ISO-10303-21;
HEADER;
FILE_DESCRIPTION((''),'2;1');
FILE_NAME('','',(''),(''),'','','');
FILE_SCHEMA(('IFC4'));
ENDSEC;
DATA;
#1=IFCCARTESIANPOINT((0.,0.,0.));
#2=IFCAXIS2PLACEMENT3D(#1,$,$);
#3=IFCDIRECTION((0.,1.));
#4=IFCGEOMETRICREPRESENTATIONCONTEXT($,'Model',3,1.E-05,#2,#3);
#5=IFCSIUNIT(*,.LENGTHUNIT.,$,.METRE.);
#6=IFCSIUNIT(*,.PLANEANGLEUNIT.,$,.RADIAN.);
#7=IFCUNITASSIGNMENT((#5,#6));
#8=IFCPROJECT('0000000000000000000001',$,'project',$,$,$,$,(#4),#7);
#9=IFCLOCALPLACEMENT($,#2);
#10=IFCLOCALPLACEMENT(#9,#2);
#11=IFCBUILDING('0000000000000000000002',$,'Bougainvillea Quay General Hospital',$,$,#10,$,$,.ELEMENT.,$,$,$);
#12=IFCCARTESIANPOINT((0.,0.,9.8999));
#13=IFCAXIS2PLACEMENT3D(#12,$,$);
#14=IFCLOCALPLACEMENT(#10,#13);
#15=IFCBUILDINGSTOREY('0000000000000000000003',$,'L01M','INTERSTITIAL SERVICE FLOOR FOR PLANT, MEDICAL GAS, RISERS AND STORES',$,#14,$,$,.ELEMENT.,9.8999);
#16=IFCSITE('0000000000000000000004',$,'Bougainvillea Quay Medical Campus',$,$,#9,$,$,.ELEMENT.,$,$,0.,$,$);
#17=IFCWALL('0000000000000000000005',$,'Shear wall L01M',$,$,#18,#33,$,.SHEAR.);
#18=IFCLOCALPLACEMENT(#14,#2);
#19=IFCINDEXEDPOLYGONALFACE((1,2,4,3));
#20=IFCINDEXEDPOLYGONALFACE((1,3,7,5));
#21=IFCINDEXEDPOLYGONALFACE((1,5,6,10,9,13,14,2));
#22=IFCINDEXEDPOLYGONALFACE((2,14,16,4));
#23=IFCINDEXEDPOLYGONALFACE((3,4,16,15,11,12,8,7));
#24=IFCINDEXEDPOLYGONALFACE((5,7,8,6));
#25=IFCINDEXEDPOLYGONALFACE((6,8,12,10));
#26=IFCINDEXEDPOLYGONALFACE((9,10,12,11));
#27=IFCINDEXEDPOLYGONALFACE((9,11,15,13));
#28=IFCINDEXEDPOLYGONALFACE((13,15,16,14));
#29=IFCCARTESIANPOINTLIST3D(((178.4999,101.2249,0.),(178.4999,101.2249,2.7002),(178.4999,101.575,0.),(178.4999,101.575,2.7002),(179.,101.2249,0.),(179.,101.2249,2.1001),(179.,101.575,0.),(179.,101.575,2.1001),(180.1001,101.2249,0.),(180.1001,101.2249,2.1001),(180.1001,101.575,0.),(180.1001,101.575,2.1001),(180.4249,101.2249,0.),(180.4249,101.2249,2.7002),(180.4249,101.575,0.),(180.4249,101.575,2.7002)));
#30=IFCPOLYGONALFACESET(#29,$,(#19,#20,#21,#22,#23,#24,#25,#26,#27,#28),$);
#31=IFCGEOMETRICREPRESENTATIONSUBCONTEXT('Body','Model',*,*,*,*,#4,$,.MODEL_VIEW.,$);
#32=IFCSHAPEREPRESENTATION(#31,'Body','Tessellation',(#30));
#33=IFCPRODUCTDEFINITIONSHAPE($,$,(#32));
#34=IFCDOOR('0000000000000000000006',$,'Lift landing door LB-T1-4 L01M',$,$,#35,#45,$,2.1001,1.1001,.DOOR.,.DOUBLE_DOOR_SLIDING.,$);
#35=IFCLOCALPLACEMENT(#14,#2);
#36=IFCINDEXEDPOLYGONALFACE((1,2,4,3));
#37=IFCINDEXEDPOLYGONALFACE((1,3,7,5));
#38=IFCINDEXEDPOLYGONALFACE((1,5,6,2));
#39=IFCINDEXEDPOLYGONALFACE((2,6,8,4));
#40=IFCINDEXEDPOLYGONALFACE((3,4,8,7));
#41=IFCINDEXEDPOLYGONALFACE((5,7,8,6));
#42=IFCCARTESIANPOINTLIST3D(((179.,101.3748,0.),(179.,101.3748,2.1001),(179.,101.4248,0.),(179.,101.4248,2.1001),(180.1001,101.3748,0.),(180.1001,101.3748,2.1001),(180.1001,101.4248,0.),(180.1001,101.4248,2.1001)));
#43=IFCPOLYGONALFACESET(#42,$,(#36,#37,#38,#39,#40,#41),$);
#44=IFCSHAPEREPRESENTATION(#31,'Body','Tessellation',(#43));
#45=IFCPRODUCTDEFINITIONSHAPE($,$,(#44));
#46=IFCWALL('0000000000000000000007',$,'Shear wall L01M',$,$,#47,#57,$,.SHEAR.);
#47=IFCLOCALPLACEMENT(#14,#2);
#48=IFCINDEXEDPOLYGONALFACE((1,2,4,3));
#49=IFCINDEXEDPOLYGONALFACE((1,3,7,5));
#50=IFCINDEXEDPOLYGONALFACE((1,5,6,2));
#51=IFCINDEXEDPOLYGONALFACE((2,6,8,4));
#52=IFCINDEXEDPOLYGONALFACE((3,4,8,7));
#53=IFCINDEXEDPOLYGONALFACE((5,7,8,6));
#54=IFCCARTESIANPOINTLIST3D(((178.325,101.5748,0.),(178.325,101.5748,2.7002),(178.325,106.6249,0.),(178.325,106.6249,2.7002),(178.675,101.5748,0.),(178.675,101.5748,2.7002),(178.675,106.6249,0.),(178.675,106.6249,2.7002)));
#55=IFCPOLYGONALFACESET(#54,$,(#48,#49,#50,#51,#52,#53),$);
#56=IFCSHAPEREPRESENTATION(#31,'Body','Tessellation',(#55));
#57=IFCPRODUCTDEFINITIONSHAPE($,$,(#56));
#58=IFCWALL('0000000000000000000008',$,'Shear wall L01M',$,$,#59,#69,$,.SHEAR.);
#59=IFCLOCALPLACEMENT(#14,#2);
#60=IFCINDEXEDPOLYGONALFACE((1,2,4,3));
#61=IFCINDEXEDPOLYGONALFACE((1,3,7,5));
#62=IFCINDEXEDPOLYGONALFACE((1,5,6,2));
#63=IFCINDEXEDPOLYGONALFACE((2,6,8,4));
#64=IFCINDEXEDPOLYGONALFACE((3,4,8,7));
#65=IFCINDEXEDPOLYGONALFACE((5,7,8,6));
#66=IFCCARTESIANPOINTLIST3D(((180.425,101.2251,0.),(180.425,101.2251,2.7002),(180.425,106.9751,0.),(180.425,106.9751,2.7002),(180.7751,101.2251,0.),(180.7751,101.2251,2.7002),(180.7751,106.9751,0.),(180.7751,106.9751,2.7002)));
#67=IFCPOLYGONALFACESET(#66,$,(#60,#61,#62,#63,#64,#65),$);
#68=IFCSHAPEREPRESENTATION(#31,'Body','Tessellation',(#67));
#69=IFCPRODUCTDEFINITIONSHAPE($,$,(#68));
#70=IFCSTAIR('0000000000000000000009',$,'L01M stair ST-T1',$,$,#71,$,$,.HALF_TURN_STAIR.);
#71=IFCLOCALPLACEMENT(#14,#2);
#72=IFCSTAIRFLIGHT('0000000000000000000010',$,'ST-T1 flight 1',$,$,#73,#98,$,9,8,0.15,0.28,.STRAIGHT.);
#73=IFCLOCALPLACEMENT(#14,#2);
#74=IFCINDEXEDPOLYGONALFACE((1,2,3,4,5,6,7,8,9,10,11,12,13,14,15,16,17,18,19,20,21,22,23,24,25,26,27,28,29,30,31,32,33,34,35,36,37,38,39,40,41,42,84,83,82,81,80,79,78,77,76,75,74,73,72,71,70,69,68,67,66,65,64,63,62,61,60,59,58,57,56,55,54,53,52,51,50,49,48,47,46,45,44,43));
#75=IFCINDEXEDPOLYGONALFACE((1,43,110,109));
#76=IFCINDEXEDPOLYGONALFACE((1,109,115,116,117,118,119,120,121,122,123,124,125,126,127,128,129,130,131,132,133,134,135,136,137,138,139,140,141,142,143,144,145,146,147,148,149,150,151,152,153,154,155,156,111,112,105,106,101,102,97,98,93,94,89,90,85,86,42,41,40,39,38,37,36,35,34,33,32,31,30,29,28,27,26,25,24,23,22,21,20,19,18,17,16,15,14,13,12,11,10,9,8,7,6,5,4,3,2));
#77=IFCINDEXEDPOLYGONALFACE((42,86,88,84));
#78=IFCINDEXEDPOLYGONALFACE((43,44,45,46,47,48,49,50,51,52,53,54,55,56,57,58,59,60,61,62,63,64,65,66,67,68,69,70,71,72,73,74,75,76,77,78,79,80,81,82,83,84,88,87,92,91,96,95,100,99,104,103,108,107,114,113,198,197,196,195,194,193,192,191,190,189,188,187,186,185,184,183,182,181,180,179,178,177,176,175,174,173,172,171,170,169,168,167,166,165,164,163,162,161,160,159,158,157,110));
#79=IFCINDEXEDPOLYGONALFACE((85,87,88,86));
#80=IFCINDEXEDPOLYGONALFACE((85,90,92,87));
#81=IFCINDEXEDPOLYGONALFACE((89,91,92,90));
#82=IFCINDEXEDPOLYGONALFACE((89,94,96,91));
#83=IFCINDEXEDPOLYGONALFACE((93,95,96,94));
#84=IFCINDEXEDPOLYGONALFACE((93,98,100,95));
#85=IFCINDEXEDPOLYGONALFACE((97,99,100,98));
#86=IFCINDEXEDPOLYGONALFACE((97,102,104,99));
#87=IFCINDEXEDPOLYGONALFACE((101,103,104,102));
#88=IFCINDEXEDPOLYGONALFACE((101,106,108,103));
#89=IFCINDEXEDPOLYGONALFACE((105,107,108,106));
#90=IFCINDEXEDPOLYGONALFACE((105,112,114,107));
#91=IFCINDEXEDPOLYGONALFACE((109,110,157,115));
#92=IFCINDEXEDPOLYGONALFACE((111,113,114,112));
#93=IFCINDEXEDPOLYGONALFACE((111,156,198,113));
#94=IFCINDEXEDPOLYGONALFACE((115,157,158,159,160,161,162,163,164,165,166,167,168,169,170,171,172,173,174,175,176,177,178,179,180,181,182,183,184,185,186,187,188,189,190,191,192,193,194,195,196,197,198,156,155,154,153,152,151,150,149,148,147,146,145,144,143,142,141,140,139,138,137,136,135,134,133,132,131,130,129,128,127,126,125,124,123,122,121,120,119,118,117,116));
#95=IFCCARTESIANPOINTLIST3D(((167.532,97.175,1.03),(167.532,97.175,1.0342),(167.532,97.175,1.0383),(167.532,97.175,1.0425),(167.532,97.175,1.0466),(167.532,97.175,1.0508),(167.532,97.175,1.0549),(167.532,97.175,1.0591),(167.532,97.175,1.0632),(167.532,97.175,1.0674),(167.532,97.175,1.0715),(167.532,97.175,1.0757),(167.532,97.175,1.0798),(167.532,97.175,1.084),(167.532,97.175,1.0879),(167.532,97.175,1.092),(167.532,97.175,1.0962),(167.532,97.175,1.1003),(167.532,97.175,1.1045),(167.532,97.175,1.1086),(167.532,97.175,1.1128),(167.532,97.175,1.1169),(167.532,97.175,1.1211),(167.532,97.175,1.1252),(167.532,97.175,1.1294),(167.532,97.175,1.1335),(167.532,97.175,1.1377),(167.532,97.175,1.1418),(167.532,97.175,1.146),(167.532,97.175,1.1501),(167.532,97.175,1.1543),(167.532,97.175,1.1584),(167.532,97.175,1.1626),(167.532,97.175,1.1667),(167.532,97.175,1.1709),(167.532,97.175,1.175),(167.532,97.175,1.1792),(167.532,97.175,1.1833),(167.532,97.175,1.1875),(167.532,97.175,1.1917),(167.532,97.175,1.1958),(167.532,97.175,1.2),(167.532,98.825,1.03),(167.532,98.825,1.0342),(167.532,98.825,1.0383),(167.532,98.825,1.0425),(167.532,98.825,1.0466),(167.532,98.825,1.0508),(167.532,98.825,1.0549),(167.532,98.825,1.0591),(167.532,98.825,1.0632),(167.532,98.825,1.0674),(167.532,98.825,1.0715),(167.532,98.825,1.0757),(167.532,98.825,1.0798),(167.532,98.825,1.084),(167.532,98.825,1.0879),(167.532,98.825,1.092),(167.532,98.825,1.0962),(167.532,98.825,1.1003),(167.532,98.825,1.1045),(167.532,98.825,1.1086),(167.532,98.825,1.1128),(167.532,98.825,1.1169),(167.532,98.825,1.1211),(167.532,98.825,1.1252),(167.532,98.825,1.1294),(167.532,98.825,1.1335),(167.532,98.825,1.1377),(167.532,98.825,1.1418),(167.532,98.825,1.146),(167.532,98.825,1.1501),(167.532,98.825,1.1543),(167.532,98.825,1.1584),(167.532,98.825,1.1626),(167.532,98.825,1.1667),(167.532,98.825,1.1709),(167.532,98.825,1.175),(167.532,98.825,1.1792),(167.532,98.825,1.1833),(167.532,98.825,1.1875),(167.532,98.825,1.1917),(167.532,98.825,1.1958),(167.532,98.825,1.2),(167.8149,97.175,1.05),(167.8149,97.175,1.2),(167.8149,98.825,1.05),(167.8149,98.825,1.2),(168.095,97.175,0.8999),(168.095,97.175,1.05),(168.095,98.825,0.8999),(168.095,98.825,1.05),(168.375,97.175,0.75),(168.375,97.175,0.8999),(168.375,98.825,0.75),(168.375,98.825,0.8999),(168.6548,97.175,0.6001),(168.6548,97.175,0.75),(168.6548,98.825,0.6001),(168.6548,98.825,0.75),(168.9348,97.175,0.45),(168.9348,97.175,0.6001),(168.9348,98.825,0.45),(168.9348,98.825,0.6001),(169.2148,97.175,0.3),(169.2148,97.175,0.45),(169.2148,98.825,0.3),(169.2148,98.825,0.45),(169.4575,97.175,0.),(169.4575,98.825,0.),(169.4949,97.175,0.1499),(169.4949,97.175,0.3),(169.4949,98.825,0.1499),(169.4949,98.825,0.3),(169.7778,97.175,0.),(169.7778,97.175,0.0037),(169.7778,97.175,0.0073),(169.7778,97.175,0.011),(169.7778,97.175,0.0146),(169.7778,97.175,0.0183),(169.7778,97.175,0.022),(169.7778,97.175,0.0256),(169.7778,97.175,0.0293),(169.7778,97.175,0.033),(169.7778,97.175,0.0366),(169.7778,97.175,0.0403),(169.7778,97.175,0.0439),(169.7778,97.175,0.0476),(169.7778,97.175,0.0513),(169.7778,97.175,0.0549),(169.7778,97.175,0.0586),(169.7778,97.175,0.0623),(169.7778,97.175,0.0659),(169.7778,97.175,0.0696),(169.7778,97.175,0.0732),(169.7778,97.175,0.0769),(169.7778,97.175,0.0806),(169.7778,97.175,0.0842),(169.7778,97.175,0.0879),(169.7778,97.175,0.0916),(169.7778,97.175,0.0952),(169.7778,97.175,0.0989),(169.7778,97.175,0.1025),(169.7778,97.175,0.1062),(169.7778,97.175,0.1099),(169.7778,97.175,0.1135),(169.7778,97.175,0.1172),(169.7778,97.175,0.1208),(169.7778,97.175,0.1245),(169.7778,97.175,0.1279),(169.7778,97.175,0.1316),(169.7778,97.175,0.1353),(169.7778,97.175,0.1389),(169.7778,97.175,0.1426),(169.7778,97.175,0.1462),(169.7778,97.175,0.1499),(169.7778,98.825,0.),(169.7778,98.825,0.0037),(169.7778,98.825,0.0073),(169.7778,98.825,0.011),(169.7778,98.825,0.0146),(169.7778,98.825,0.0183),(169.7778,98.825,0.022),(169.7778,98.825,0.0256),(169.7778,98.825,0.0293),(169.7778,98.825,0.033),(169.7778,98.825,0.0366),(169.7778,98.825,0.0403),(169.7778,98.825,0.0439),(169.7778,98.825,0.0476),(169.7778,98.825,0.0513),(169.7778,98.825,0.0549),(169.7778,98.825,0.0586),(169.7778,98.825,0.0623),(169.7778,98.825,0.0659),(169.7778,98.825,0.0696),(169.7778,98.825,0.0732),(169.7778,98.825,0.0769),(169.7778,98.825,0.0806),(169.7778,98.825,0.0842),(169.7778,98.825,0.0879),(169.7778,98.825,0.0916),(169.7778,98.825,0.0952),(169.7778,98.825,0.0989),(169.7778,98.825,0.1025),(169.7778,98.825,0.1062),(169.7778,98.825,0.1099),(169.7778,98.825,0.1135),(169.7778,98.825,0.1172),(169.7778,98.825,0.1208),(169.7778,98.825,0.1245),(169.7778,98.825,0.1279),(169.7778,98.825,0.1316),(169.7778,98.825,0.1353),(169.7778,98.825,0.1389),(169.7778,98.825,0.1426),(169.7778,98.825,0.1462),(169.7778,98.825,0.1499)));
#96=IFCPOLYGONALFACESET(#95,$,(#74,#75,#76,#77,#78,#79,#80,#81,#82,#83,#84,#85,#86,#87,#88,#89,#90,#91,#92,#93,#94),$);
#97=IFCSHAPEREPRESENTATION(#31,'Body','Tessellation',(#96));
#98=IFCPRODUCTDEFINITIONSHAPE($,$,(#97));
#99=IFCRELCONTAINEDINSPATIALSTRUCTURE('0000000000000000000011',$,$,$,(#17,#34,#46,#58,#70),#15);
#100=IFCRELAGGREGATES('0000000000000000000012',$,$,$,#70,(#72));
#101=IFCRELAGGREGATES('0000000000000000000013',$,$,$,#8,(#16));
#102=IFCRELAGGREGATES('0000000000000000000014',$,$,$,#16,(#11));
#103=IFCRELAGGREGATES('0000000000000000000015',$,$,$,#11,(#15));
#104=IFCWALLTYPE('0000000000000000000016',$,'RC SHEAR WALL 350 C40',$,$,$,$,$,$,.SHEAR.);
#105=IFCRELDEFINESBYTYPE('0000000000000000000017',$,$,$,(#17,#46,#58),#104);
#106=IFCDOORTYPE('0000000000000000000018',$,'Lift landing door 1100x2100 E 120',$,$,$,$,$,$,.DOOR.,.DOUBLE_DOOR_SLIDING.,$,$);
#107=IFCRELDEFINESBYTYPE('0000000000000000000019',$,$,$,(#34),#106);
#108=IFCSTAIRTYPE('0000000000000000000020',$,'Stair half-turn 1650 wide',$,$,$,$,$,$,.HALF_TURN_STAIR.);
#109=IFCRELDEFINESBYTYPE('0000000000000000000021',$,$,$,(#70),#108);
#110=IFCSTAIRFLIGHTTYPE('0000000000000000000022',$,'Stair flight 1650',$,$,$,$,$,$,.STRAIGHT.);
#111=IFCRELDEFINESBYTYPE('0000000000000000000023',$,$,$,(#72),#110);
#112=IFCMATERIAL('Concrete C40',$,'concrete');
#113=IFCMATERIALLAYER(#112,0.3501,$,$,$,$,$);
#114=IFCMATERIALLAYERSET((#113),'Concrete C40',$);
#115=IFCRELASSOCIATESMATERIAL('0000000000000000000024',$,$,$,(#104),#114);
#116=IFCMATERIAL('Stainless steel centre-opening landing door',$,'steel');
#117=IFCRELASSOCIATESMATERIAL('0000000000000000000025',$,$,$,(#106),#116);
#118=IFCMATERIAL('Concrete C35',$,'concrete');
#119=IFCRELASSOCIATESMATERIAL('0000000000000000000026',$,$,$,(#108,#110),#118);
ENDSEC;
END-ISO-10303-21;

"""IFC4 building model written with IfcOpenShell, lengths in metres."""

from ifc_helpers import new_model, si_unit, direction, frame, frame_2d, origin, place, context, subcontext, project, spatial, polyline, rectangle, outline, extrude, material, layer, layer_set, type_object, element, fill, aggregate, save


model = new_model("IFC4")

# Units and contexts
model_context = context("Model", 3, precision=1e-05, world=origin(), true_north=direction((0.0, 1.0)))
body_context = subcontext(model_context, "Body", "Model", "MODEL_VIEW")
ifc_project = project(units=[si_unit("LENGTHUNIT", "METRE"), si_unit("PLANEANGLEUNIT", "RADIAN")], contexts=[model_context])

# Site, building, storey
site_placement = place(None, origin())
site = spatial("IfcSite", under=ifc_project, at=site_placement, Name="Bougainvillea Quay Medical Campus", CompositionType="ELEMENT", RefElevation=0.0)
building_placement = place(site_placement, origin())
building = spatial("IfcBuilding", under=site, at=building_placement, Name="Bougainvillea Quay General Hospital", CompositionType="ELEMENT")
storey_placement = place(building_placement, frame((0.0, 0.0, 9.8999)))
storey = spatial("IfcBuildingStorey", under=building, at=storey_placement, Name="L01M", Description="INTERSTITIAL SERVICE FLOOR FOR PLANT, MEDICAL GAS, RISERS AND STORES", CompositionType="ELEMENT", Elevation=9.8999)

# Shared definitions
ifc_material_1 = material(Name="Concrete C40", Category="concrete")
ifc_layer_1 = layer(ifc_material_1, 0.3501)
ifc_layer_set_1 = layer_set([ifc_layer_1], Name="Concrete C40")
wall_type_1 = type_object("IfcWallType", Name="RC SHEAR WALL 350 C40", PredefinedType="SHEAR", material=ifc_layer_set_1)

# Shared definitions
ifc_material_2 = material(Name="Stainless steel centre-opening landing door", Category="steel")

# Shared definitions
door_type_1 = type_object("IfcDoorType", Name="Lift landing door 1100x2100 E 120", OperationType="DOUBLE_DOOR_SLIDING", PredefinedType="DOOR", material=ifc_material_2)

# Wall, opening, door
wall_1_placement = place(storey_placement, frame((178.5, 101.3999, 0.0), z_axis=(0.0, 0.0, 1.0), x_axis=(1.0, 0.0, 0.0)))
wall_1 = element("IfcWall", 1, at=wall_1_placement, inside=storey, type_object=wall_type_1, Name="Shear wall L01M", PredefinedType="SHEAR", context=body_context, shape_type="SweptSolid", body=[
    extrude(rectangle(XDim=1.925, YDim=0.3501, at=frame_2d((0.9624, 0.0))), origin(), (0.0, 0.0, 1.0), 2.7002),
])
opening_1_placement = place(wall_1_placement, frame((0.5, 0.0, 0.0)))
opening_1 = element("IfcOpeningElement", 2, at=opening_1_placement, cuts=wall_1, PredefinedType="OPENING", context=body_context, shape_type="SweptSolid", body=[
    extrude(rectangle(XDim=1.1001, YDim=2.1001, at=frame_2d((0.55, 1.05))), frame((0.0, 0.1851, 0.0), z_axis=(0.0, -1.0, 0.0), x_axis=(1.0, 0.0, 0.0)), (0.0, 0.0, 1.0), 0.3701),
])
door_1_placement = place(opening_1_placement, origin())
door_1 = element("IfcDoor", 3, at=door_1_placement, inside=storey, type_object=door_type_1, Name="Lift landing door LB-T1-4 L01M", OperationType="DOUBLE_DOOR_SLIDING", OverallHeight=2.1001, OverallWidth=1.1001, PredefinedType="DOOR", context=body_context, shape_type="SweptSolid", body=[
    extrude(rectangle(XDim=1.1001, YDim=2.1001, at=frame_2d((0.55, 1.05))), frame((0.0, 0.0249, 0.0), z_axis=(0.0, -1.0, 0.0), x_axis=(1.0, 0.0, 0.0)), (0.0, 0.0, 1.0), 0.05),
])
fill(opening_1, door_1)

# Walls
wall_2_placement = place(storey_placement, frame((178.5, 101.575, 0.0), z_axis=(0.0, 0.0, 1.0), x_axis=(0.0, 1.0, 0.0)))
element("IfcWall", 4, at=wall_2_placement, inside=storey, type_object=wall_type_1, Name="Shear wall L01M", PredefinedType="SHEAR", context=body_context, shape_type="SweptSolid", body=[
    extrude(rectangle(XDim=5.05, YDim=0.3501, at=frame_2d((2.5249, 0.0))), origin(), (0.0, 0.0, 1.0), 2.7002),
])
wall_3_placement = place(storey_placement, frame((180.6001, 101.2251, 0.0), z_axis=(0.0, 0.0, 1.0), x_axis=(0.0, 1.0, 0.0)))
element("IfcWall", 5, at=wall_3_placement, inside=storey, type_object=wall_type_1, Name="Shear wall L01M", PredefinedType="SHEAR", context=body_context, shape_type="SweptSolid", body=[
    extrude(rectangle(XDim=5.75, YDim=0.3501, at=frame_2d((2.875, 0.0))), origin(), (0.0, 0.0, 1.0), 2.7002),
])

# Stair, stair flight
ifc_material_3 = material(Name="Concrete C35", Category="concrete")
stair_type = type_object("IfcStairType", Name="Stair half-turn 1650 wide", PredefinedType="HALF_TURN_STAIR", material=ifc_material_3)
stair_placement = place(storey_placement, origin())
stair = element("IfcStair", 6, at=stair_placement, inside=storey, type_object=stair_type, Name="L01M stair ST-T1", PredefinedType="HALF_TURN_STAIR")
stair_flight_type = type_object("IfcStairFlightType", Name="Stair flight 1650", PredefinedType="STRAIGHT", material=ifc_material_3)
stair_flight_placement = place(storey_placement, frame((169.7749, 98.0, 0.0), z_axis=(0.0, 0.0, 1.0), x_axis=(-1.0, 0.0, 0.0)))
stair_flight = element("IfcStairFlight", 7, at=stair_flight_placement, type_object=stair_flight_type, Name="ST-T1 flight 1", NumberOfRisers=9, NumberOfTreads=8, PredefinedType="STRAIGHT", RiserHeight=0.15, TreadLength=0.28, context=body_context, shape_type="SweptSolid", body=[
    extrude(outline(polyline([(-0.0029, 0.0), (-0.0029, 0.0037), (-0.0029, 0.0073), (-0.0029, 0.011), (-0.0029, 0.0146), (-0.0029, 0.0183), (-0.0029, 0.022), (-0.0029, 0.0256), (-0.0029, 0.0293), (-0.0029, 0.033), (-0.0029, 0.0366), (-0.0029, 0.0403), (-0.0029, 0.0439), (-0.0029, 0.0476), (-0.0029, 0.0513), (-0.0029, 0.0549), (-0.0029, 0.0586), (-0.0029, 0.0623), (-0.0029, 0.0659), (-0.0029, 0.0696), (-0.0029, 0.0732), (-0.0029, 0.0769), (-0.0029, 0.0806), (-0.0029, 0.0842), (-0.0029, 0.0879), (-0.0029, 0.0916), (-0.0029, 0.0952), (-0.0029, 0.0989), (-0.0029, 0.1025), (-0.0029, 0.1062), (-0.0029, 0.1099), (-0.0029, 0.1135), (-0.0029, 0.1172), (-0.0029, 0.1208), (-0.0029, 0.1245), (-0.0029, 0.1279), (-0.0029, 0.1316), (-0.0029, 0.1353), (-0.0029, 0.1389), (-0.0029, 0.1426), (-0.0029, 0.1462), (-0.0029, 0.1499), (0.28, 0.1499), (0.28, 0.3), (0.5601, 0.3), (0.5601, 0.45), (0.8401, 0.45), (0.8401, 0.6001), (1.1201, 0.6001), (1.1201, 0.75), (1.3999, 0.75), (1.3999, 0.8999), (1.6799, 0.8999), (1.6799, 1.05), (1.96, 1.05), (1.96, 1.2), (2.2429, 1.2), (2.2429, 1.1958), (2.2429, 1.1917), (2.2429, 1.1875), (2.2429, 1.1833), (2.2429, 1.1792), (2.2429, 1.175), (2.2429, 1.1709), (2.2429, 1.1667), (2.2429, 1.1626), (2.2429, 1.1584), (2.2429, 1.1543), (2.2429, 1.1501), (2.2429, 1.146), (2.2429, 1.1418), (2.2429, 1.1377), (2.2429, 1.1335), (2.2429, 1.1294), (2.2429, 1.1252), (2.2429, 1.1211), (2.2429, 1.1169), (2.2429, 1.1128), (2.2429, 1.1086), (2.2429, 1.1045), (2.2429, 1.1003), (2.2429, 1.0962), (2.2429, 1.092), (2.2429, 1.0879), (2.2429, 1.084), (2.2429, 1.0798), (2.2429, 1.0757), (2.2429, 1.0715), (2.2429, 1.0674), (2.2429, 1.0632), (2.2429, 1.0591), (2.2429, 1.0549), (2.2429, 1.0508), (2.2429, 1.0466), (2.2429, 1.0425), (2.2429, 1.0383), (2.2429, 1.0342), (2.2429, 1.03), (0.3174, 0.0), (-0.0029, 0.0)])), frame((0.0, 0.825, 0.0), z_axis=(0.0, -1.0, 0.0), x_axis=(1.0, 0.0, 0.0)), (0.0, 0.0, 1.0), 1.6499),
])
aggregate(stair, [stair_flight])

save(model, "model.ifc")
